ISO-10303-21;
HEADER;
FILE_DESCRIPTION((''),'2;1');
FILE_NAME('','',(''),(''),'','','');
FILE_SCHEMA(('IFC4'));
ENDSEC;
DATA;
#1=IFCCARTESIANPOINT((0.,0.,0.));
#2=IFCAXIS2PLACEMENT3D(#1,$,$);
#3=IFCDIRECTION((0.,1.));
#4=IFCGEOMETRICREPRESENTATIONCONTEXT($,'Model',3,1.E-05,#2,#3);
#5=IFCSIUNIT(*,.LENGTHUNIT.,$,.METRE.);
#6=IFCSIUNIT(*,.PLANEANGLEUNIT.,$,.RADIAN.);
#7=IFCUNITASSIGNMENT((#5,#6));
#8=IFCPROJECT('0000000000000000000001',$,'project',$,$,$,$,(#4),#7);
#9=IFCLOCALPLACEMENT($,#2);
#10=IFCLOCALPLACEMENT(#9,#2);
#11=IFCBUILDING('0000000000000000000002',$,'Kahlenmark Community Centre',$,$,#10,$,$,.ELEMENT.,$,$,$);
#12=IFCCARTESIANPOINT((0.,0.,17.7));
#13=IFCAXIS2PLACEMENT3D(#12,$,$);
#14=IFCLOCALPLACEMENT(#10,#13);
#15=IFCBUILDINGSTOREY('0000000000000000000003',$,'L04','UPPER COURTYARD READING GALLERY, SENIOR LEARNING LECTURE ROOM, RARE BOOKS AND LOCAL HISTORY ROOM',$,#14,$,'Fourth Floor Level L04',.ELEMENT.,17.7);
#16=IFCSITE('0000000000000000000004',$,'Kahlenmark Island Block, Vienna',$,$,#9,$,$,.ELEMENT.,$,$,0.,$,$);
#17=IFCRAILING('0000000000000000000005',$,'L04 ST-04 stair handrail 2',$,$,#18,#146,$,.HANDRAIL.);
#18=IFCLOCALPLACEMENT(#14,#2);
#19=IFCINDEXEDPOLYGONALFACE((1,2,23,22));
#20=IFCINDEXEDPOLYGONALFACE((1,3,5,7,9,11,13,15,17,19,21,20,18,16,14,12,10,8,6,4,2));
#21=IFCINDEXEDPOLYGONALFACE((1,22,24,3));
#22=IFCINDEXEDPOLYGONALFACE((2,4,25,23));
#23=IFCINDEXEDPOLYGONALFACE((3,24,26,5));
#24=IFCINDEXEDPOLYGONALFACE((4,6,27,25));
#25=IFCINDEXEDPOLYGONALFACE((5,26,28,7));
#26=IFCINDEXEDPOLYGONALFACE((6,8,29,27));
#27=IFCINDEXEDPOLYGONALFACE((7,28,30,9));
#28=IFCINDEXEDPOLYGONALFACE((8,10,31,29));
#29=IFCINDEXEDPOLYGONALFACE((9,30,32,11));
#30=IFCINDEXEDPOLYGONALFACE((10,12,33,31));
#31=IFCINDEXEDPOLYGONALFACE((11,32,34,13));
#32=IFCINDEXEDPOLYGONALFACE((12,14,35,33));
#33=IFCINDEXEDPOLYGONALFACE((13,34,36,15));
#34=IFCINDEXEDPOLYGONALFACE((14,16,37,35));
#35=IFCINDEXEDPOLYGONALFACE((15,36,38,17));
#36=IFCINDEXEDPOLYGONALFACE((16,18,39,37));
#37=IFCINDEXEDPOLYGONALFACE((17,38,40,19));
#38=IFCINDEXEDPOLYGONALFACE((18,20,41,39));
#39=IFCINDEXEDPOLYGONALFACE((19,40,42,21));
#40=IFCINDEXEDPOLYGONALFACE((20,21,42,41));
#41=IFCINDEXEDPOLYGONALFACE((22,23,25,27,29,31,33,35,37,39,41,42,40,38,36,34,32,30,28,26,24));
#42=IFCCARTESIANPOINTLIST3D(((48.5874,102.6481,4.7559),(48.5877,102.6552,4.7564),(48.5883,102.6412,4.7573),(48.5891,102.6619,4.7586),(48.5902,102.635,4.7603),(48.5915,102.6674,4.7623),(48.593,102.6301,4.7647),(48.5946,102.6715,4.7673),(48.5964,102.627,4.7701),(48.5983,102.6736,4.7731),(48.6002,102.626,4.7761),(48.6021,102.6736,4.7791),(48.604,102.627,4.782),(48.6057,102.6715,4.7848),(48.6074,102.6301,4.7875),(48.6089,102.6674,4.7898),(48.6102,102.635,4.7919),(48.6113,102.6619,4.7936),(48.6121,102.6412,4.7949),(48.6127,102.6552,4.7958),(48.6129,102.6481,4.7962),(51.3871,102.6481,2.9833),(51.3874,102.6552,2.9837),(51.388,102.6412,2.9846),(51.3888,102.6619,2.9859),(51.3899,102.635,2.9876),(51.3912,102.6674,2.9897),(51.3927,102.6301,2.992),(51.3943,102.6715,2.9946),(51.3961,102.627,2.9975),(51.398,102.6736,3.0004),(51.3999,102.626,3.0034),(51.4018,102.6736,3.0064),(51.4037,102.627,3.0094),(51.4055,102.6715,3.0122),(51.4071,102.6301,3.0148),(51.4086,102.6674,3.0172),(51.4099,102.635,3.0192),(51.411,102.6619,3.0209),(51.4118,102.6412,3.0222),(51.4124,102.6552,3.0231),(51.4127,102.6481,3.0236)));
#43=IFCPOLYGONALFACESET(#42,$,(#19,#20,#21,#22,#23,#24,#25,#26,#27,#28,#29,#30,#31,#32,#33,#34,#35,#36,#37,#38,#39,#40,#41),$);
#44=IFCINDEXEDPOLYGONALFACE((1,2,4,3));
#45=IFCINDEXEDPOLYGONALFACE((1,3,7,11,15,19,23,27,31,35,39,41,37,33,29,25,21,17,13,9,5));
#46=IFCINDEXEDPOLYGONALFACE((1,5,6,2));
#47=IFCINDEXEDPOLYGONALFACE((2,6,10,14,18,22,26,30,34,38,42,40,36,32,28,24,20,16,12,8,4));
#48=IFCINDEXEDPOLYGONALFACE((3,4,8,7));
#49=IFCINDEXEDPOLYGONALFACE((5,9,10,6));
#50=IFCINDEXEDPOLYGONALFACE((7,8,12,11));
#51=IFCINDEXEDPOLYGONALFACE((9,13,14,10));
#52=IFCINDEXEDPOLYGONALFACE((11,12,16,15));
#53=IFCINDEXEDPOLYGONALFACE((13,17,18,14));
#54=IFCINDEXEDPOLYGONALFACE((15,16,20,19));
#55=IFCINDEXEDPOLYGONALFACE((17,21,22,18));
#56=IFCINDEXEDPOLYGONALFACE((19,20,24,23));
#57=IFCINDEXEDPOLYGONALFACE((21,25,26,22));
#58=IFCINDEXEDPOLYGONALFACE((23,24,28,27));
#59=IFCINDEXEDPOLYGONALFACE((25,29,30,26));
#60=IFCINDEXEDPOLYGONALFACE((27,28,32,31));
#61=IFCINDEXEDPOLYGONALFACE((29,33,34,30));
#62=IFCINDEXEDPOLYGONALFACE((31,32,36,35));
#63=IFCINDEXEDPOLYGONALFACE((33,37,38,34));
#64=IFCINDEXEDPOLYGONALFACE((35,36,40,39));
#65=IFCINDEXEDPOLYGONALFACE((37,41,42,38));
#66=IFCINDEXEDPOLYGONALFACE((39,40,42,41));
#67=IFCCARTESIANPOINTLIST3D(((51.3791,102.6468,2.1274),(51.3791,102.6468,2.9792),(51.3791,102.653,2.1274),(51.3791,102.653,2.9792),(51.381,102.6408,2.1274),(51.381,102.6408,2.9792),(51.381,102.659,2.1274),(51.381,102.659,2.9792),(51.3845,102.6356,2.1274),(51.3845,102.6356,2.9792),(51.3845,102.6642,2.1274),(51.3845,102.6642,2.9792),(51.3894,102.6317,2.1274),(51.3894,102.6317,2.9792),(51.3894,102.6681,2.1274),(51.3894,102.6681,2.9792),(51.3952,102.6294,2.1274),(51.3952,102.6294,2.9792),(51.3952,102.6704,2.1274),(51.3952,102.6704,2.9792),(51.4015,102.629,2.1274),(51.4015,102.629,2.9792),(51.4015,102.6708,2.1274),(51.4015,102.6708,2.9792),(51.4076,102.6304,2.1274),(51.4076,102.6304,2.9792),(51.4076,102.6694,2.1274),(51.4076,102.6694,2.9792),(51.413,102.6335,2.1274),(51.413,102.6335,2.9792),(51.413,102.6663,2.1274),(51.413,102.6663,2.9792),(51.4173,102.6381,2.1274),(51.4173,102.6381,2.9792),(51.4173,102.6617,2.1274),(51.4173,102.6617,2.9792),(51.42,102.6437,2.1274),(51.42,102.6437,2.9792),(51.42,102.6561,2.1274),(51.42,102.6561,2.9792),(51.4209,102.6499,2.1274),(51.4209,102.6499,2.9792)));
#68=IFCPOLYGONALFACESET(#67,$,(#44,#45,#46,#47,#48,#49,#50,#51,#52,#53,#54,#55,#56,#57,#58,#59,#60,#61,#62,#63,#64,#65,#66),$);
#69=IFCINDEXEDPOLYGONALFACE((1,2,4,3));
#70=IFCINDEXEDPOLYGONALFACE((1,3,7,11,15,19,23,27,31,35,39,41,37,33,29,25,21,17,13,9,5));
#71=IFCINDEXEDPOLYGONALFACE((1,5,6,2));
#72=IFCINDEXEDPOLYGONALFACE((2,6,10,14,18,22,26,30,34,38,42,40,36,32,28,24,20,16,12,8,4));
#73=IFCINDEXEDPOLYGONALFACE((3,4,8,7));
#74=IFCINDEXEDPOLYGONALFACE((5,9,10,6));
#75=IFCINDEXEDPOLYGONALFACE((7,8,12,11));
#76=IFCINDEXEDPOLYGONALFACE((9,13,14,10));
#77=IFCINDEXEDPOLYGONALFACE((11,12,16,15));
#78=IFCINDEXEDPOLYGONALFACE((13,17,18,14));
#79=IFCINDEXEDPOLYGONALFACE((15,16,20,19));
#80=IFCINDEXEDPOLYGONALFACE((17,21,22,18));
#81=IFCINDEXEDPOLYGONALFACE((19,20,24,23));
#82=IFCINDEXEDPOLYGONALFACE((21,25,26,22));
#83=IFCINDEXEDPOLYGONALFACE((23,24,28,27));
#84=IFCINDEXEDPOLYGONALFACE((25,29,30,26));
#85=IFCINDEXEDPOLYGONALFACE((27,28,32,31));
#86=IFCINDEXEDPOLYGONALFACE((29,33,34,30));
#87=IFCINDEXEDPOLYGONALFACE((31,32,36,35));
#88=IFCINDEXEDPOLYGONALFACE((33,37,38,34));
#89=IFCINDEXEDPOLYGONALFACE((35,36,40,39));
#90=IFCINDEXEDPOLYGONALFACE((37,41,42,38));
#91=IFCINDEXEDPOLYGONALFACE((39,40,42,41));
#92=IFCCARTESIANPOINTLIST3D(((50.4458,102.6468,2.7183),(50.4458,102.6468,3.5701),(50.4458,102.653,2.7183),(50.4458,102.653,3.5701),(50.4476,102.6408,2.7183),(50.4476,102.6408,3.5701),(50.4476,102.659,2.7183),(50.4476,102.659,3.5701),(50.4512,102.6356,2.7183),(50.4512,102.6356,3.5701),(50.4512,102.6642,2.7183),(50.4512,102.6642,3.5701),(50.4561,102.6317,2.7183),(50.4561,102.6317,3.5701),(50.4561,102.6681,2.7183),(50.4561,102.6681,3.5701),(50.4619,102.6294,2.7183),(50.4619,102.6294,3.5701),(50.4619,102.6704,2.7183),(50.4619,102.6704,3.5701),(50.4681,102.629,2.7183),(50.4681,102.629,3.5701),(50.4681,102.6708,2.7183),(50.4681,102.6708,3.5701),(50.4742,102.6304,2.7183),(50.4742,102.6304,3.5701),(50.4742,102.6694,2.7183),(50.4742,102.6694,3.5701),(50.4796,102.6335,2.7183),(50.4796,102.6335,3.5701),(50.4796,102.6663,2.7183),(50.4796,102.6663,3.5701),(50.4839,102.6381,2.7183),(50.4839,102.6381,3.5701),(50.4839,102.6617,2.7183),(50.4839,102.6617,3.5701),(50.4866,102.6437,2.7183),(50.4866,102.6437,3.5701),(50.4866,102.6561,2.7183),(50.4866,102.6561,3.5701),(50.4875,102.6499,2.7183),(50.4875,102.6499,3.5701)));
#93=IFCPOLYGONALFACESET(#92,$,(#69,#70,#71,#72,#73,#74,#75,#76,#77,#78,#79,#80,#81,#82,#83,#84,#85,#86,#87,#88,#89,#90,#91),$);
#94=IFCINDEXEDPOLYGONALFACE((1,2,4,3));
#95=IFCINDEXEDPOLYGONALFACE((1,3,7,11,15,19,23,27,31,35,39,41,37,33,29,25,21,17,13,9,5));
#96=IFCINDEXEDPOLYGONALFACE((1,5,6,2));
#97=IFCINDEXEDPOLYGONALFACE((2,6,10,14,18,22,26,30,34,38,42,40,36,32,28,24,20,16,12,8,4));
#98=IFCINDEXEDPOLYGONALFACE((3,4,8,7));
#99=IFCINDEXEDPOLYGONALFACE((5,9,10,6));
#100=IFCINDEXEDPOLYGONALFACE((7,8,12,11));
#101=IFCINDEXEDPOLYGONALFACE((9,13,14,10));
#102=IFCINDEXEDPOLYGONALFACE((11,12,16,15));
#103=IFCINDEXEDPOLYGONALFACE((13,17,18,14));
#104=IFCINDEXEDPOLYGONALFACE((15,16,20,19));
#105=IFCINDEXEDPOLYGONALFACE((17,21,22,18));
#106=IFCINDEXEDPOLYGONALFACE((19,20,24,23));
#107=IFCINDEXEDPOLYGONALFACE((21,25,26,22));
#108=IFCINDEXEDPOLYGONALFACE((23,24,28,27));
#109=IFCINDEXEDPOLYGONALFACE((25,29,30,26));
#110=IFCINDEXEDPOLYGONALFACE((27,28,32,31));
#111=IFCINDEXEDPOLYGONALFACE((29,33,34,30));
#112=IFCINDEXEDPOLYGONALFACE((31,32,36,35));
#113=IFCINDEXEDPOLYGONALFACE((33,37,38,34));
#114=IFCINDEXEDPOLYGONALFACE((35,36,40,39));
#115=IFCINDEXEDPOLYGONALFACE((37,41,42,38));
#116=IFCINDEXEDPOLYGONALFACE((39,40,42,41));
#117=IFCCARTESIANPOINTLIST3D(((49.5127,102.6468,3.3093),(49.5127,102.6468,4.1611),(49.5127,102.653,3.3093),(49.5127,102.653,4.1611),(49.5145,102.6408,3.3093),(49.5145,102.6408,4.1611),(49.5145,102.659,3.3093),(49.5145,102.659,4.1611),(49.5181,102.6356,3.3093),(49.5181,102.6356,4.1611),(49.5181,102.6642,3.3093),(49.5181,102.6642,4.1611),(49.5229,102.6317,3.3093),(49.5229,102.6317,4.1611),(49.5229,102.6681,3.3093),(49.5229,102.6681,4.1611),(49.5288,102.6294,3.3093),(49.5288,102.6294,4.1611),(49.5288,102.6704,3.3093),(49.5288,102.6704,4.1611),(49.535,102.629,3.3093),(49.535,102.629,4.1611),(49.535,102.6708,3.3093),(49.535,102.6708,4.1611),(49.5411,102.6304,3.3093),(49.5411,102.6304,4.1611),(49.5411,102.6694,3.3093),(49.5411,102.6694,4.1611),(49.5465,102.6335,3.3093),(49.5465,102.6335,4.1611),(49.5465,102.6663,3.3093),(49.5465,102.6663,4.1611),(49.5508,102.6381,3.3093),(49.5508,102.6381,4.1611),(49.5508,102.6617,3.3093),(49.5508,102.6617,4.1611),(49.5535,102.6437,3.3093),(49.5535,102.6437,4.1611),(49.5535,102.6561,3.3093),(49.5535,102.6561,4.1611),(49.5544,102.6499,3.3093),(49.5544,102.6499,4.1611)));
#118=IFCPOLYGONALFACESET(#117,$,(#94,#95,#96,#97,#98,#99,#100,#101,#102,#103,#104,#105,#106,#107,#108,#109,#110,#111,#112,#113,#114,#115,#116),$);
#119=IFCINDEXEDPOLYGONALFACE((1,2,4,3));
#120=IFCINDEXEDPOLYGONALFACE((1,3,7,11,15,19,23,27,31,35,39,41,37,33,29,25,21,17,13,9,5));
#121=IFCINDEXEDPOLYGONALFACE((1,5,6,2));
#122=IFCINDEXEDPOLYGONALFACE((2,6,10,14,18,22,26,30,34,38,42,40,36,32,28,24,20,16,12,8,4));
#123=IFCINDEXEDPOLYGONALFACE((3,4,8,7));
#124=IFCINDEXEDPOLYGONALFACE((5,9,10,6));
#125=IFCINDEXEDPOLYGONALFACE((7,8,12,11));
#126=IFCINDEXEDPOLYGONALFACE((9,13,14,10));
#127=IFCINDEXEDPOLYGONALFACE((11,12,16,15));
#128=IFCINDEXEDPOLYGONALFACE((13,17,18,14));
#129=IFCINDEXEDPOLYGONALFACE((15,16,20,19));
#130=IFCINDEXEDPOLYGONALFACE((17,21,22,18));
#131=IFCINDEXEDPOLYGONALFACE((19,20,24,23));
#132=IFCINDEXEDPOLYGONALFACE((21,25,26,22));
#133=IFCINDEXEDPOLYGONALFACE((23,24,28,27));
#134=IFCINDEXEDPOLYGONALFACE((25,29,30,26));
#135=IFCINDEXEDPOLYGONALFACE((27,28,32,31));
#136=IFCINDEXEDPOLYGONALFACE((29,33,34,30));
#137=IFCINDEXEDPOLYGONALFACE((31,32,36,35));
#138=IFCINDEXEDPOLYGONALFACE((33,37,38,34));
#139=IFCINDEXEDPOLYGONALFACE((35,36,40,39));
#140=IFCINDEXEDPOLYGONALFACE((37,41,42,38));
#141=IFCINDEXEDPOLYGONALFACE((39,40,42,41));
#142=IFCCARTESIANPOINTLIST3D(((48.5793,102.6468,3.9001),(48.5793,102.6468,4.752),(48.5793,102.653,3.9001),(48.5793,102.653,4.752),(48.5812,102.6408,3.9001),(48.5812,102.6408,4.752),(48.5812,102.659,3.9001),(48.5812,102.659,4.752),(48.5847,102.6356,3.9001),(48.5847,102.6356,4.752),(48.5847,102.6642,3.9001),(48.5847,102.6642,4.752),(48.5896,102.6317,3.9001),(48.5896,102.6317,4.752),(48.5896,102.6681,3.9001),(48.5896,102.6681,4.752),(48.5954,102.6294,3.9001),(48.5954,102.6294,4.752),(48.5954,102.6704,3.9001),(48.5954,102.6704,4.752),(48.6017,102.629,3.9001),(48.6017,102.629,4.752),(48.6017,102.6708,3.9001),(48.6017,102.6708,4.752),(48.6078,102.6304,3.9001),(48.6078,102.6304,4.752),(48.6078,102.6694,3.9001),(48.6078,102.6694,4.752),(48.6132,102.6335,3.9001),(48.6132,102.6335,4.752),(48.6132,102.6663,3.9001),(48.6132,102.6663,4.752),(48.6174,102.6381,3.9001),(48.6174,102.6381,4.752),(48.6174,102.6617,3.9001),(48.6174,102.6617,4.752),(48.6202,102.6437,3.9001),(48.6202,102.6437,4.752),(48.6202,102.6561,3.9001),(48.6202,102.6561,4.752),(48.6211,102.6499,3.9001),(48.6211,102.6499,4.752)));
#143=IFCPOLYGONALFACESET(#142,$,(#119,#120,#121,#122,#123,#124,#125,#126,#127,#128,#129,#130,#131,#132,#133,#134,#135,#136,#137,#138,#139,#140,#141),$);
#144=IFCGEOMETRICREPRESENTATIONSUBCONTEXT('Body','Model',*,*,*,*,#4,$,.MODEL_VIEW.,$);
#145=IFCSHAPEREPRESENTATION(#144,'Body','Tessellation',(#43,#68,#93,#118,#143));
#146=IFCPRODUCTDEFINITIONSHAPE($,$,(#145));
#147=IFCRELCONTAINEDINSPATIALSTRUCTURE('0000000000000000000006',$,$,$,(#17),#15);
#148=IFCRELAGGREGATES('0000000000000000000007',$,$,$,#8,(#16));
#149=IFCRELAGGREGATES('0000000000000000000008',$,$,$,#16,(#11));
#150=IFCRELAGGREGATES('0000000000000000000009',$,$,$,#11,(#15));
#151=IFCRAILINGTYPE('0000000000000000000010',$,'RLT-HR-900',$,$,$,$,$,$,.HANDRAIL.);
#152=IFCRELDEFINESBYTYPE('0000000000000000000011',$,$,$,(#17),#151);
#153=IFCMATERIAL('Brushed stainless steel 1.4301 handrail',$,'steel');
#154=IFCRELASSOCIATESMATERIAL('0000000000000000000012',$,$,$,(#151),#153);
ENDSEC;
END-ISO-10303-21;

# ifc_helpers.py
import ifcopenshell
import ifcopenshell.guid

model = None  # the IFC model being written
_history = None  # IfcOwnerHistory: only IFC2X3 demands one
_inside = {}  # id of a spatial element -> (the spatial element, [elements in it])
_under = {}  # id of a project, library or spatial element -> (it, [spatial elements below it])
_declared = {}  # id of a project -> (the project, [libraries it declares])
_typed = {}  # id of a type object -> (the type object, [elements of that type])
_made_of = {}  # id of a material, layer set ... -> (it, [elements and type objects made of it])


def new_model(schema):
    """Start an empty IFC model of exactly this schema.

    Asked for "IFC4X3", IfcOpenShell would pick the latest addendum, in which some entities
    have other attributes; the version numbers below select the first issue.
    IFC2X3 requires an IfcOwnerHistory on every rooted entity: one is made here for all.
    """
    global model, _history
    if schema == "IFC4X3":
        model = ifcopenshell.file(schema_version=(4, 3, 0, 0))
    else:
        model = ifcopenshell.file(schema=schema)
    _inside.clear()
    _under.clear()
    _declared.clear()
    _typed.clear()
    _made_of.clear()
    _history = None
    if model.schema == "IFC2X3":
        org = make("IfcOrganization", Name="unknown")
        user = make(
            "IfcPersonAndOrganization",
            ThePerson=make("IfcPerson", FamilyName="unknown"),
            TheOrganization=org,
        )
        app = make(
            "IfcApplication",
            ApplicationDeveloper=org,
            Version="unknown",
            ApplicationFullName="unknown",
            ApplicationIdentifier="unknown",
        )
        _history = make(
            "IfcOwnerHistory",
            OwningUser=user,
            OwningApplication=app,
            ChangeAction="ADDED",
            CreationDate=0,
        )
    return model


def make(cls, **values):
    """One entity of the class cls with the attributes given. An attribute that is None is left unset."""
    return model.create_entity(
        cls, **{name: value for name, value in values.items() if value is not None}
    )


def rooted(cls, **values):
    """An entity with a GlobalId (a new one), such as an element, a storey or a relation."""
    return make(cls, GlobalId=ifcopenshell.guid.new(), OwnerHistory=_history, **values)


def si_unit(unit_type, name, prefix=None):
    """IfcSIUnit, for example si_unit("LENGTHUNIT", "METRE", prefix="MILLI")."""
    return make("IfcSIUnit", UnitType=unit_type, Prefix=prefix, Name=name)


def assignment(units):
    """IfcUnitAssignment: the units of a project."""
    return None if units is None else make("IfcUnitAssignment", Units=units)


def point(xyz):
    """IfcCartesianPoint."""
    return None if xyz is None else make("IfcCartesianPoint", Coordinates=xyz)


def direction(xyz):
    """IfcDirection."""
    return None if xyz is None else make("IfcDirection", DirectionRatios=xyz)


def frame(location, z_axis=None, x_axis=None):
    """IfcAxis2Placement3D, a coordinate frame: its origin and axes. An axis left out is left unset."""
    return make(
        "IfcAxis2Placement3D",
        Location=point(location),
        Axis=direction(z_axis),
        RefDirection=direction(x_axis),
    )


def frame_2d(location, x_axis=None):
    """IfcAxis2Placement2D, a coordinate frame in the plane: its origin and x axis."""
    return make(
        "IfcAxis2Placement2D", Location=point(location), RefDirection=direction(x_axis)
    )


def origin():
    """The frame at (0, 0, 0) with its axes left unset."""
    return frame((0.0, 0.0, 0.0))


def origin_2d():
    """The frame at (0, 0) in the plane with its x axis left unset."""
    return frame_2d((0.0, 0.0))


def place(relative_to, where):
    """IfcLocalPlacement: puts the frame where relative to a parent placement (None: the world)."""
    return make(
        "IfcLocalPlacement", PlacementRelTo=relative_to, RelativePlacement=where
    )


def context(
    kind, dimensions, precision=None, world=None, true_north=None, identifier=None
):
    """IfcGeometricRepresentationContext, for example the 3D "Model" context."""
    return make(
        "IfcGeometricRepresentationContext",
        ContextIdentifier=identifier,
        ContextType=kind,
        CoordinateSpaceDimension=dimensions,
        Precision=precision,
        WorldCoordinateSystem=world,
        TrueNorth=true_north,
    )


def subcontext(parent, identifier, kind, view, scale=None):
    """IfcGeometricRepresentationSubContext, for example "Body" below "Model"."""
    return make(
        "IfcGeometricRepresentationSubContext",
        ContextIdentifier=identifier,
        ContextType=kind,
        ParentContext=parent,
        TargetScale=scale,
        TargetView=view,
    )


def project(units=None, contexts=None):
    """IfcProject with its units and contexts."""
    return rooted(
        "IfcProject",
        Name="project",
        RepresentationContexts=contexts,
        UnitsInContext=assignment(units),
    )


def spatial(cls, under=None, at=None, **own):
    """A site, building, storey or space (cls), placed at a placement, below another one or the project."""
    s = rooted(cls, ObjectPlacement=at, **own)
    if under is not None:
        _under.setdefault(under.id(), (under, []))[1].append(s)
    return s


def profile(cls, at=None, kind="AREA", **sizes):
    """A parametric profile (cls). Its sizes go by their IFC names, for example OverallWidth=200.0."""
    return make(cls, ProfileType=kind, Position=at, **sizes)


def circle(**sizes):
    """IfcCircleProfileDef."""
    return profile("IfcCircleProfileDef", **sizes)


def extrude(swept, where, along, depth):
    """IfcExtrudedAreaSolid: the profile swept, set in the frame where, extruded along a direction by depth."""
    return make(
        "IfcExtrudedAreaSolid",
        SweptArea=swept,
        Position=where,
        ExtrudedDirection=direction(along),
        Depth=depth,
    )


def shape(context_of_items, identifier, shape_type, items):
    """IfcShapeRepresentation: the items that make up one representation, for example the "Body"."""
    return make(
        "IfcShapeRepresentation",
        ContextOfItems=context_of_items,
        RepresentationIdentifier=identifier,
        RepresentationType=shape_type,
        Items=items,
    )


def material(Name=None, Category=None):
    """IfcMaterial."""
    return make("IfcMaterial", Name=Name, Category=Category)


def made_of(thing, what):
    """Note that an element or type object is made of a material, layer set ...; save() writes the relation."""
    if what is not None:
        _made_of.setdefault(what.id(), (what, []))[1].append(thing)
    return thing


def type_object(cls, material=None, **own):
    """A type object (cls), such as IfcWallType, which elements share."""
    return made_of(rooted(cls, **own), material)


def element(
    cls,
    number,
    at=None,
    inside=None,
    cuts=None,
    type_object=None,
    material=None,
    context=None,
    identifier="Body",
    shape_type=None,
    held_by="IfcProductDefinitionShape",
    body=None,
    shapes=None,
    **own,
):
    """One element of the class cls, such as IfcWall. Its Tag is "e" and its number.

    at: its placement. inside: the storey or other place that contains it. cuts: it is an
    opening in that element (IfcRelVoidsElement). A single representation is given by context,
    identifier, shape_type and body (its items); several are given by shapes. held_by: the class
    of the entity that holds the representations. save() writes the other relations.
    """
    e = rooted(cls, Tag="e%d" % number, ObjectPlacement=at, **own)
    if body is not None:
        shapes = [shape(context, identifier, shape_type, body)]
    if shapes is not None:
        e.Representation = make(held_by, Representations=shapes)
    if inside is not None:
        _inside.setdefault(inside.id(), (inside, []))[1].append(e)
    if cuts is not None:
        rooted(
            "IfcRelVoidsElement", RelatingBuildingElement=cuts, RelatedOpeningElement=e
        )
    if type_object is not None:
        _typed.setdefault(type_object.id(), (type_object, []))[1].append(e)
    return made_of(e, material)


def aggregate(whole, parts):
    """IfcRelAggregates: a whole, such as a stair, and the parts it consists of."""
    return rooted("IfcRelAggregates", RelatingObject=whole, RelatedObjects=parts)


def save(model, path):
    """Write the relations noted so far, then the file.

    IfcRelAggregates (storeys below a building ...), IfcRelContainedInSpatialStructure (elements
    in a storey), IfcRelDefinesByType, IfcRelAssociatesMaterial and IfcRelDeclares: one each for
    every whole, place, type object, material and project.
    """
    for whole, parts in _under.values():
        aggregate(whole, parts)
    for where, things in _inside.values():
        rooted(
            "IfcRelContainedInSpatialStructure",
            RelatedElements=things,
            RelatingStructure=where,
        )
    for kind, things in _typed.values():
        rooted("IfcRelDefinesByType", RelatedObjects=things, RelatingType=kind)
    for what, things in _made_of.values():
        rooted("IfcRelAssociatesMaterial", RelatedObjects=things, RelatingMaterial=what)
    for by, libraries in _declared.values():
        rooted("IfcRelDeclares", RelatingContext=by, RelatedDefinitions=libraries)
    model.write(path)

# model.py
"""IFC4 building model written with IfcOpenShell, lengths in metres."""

from ifc_helpers import new_model, si_unit, direction, frame, origin, origin_2d, place, context, subcontext, project, spatial, circle, extrude, material, type_object, element, save


model = new_model("IFC4")

# Units and contexts
model_context = context("Model", 3, precision=1e-05, world=origin(), true_north=direction((0.0, 1.0)))
body_context = subcontext(model_context, "Body", "Model", "MODEL_VIEW")
ifc_project = project(units=[si_unit("LENGTHUNIT", "METRE"), si_unit("PLANEANGLEUNIT", "RADIAN")], contexts=[model_context])

# Site, building, storey
site_placement = place(None, origin())
site = spatial("IfcSite", under=ifc_project, at=site_placement, Name="Kahlenmark Island Block, Vienna", CompositionType="ELEMENT", RefElevation=0.0)
building_placement = place(site_placement, origin())
building = spatial("IfcBuilding", under=site, at=building_placement, Name="Kahlenmark Community Centre", CompositionType="ELEMENT")
storey_placement = place(building_placement, frame((0.0, 0.0, 17.7)))
storey = spatial("IfcBuildingStorey", under=building, at=storey_placement, Name="L04", Description="UPPER COURTYARD READING GALLERY, SENIOR LEARNING LECTURE ROOM, RARE BOOKS AND LOCAL HISTORY ROOM", LongName="Fourth Floor Level L04", CompositionType="ELEMENT", Elevation=17.7)

# Railing
ifc_material_1 = material(Name="Brushed stainless steel 1.4301 handrail", Category="steel")
railing_type = type_object("IfcRailingType", Name="RLT-HR-900", PredefinedType="HANDRAIL", material=ifc_material_1)
railing_placement = place(storey_placement, frame((51.3999, 102.6499, 2.1274)))
element("IfcRailing", 1, at=railing_placement, inside=storey, type_object=railing_type, Name="L04 ST-04 stair handrail 2", PredefinedType="HANDRAIL", context=body_context, shape_type="SweptSolid", body=[
    extrude(circle(Radius=0.0239, at=origin_2d()), frame((0.0, 0.0, 0.876), z_axis=(-0.844888, 0.0, 0.534943), x_axis=(0.0, -1.0, 0.0)), (0.0, 0.0, 1.0), 3.3137),
    extrude(circle(Radius=0.021, at=origin_2d()), origin(), (0.0, 0.0, 1.0), 0.8518),
    extrude(circle(Radius=0.021, at=origin_2d()), frame((-0.9333, 0.0, 0.5908)), (0.0, 0.0, 1.0), 0.8518),
    extrude(circle(Radius=0.021, at=origin_2d()), frame((-1.8665, 0.0, 1.1819)), (0.0, 0.0, 1.0), 0.8518),
    extrude(circle(Radius=0.021, at=origin_2d()), frame((-2.7998, 0.0, 1.7727)), (0.0, 0.0, 1.0), 0.8518),
])

save(model, "model.ifc")
